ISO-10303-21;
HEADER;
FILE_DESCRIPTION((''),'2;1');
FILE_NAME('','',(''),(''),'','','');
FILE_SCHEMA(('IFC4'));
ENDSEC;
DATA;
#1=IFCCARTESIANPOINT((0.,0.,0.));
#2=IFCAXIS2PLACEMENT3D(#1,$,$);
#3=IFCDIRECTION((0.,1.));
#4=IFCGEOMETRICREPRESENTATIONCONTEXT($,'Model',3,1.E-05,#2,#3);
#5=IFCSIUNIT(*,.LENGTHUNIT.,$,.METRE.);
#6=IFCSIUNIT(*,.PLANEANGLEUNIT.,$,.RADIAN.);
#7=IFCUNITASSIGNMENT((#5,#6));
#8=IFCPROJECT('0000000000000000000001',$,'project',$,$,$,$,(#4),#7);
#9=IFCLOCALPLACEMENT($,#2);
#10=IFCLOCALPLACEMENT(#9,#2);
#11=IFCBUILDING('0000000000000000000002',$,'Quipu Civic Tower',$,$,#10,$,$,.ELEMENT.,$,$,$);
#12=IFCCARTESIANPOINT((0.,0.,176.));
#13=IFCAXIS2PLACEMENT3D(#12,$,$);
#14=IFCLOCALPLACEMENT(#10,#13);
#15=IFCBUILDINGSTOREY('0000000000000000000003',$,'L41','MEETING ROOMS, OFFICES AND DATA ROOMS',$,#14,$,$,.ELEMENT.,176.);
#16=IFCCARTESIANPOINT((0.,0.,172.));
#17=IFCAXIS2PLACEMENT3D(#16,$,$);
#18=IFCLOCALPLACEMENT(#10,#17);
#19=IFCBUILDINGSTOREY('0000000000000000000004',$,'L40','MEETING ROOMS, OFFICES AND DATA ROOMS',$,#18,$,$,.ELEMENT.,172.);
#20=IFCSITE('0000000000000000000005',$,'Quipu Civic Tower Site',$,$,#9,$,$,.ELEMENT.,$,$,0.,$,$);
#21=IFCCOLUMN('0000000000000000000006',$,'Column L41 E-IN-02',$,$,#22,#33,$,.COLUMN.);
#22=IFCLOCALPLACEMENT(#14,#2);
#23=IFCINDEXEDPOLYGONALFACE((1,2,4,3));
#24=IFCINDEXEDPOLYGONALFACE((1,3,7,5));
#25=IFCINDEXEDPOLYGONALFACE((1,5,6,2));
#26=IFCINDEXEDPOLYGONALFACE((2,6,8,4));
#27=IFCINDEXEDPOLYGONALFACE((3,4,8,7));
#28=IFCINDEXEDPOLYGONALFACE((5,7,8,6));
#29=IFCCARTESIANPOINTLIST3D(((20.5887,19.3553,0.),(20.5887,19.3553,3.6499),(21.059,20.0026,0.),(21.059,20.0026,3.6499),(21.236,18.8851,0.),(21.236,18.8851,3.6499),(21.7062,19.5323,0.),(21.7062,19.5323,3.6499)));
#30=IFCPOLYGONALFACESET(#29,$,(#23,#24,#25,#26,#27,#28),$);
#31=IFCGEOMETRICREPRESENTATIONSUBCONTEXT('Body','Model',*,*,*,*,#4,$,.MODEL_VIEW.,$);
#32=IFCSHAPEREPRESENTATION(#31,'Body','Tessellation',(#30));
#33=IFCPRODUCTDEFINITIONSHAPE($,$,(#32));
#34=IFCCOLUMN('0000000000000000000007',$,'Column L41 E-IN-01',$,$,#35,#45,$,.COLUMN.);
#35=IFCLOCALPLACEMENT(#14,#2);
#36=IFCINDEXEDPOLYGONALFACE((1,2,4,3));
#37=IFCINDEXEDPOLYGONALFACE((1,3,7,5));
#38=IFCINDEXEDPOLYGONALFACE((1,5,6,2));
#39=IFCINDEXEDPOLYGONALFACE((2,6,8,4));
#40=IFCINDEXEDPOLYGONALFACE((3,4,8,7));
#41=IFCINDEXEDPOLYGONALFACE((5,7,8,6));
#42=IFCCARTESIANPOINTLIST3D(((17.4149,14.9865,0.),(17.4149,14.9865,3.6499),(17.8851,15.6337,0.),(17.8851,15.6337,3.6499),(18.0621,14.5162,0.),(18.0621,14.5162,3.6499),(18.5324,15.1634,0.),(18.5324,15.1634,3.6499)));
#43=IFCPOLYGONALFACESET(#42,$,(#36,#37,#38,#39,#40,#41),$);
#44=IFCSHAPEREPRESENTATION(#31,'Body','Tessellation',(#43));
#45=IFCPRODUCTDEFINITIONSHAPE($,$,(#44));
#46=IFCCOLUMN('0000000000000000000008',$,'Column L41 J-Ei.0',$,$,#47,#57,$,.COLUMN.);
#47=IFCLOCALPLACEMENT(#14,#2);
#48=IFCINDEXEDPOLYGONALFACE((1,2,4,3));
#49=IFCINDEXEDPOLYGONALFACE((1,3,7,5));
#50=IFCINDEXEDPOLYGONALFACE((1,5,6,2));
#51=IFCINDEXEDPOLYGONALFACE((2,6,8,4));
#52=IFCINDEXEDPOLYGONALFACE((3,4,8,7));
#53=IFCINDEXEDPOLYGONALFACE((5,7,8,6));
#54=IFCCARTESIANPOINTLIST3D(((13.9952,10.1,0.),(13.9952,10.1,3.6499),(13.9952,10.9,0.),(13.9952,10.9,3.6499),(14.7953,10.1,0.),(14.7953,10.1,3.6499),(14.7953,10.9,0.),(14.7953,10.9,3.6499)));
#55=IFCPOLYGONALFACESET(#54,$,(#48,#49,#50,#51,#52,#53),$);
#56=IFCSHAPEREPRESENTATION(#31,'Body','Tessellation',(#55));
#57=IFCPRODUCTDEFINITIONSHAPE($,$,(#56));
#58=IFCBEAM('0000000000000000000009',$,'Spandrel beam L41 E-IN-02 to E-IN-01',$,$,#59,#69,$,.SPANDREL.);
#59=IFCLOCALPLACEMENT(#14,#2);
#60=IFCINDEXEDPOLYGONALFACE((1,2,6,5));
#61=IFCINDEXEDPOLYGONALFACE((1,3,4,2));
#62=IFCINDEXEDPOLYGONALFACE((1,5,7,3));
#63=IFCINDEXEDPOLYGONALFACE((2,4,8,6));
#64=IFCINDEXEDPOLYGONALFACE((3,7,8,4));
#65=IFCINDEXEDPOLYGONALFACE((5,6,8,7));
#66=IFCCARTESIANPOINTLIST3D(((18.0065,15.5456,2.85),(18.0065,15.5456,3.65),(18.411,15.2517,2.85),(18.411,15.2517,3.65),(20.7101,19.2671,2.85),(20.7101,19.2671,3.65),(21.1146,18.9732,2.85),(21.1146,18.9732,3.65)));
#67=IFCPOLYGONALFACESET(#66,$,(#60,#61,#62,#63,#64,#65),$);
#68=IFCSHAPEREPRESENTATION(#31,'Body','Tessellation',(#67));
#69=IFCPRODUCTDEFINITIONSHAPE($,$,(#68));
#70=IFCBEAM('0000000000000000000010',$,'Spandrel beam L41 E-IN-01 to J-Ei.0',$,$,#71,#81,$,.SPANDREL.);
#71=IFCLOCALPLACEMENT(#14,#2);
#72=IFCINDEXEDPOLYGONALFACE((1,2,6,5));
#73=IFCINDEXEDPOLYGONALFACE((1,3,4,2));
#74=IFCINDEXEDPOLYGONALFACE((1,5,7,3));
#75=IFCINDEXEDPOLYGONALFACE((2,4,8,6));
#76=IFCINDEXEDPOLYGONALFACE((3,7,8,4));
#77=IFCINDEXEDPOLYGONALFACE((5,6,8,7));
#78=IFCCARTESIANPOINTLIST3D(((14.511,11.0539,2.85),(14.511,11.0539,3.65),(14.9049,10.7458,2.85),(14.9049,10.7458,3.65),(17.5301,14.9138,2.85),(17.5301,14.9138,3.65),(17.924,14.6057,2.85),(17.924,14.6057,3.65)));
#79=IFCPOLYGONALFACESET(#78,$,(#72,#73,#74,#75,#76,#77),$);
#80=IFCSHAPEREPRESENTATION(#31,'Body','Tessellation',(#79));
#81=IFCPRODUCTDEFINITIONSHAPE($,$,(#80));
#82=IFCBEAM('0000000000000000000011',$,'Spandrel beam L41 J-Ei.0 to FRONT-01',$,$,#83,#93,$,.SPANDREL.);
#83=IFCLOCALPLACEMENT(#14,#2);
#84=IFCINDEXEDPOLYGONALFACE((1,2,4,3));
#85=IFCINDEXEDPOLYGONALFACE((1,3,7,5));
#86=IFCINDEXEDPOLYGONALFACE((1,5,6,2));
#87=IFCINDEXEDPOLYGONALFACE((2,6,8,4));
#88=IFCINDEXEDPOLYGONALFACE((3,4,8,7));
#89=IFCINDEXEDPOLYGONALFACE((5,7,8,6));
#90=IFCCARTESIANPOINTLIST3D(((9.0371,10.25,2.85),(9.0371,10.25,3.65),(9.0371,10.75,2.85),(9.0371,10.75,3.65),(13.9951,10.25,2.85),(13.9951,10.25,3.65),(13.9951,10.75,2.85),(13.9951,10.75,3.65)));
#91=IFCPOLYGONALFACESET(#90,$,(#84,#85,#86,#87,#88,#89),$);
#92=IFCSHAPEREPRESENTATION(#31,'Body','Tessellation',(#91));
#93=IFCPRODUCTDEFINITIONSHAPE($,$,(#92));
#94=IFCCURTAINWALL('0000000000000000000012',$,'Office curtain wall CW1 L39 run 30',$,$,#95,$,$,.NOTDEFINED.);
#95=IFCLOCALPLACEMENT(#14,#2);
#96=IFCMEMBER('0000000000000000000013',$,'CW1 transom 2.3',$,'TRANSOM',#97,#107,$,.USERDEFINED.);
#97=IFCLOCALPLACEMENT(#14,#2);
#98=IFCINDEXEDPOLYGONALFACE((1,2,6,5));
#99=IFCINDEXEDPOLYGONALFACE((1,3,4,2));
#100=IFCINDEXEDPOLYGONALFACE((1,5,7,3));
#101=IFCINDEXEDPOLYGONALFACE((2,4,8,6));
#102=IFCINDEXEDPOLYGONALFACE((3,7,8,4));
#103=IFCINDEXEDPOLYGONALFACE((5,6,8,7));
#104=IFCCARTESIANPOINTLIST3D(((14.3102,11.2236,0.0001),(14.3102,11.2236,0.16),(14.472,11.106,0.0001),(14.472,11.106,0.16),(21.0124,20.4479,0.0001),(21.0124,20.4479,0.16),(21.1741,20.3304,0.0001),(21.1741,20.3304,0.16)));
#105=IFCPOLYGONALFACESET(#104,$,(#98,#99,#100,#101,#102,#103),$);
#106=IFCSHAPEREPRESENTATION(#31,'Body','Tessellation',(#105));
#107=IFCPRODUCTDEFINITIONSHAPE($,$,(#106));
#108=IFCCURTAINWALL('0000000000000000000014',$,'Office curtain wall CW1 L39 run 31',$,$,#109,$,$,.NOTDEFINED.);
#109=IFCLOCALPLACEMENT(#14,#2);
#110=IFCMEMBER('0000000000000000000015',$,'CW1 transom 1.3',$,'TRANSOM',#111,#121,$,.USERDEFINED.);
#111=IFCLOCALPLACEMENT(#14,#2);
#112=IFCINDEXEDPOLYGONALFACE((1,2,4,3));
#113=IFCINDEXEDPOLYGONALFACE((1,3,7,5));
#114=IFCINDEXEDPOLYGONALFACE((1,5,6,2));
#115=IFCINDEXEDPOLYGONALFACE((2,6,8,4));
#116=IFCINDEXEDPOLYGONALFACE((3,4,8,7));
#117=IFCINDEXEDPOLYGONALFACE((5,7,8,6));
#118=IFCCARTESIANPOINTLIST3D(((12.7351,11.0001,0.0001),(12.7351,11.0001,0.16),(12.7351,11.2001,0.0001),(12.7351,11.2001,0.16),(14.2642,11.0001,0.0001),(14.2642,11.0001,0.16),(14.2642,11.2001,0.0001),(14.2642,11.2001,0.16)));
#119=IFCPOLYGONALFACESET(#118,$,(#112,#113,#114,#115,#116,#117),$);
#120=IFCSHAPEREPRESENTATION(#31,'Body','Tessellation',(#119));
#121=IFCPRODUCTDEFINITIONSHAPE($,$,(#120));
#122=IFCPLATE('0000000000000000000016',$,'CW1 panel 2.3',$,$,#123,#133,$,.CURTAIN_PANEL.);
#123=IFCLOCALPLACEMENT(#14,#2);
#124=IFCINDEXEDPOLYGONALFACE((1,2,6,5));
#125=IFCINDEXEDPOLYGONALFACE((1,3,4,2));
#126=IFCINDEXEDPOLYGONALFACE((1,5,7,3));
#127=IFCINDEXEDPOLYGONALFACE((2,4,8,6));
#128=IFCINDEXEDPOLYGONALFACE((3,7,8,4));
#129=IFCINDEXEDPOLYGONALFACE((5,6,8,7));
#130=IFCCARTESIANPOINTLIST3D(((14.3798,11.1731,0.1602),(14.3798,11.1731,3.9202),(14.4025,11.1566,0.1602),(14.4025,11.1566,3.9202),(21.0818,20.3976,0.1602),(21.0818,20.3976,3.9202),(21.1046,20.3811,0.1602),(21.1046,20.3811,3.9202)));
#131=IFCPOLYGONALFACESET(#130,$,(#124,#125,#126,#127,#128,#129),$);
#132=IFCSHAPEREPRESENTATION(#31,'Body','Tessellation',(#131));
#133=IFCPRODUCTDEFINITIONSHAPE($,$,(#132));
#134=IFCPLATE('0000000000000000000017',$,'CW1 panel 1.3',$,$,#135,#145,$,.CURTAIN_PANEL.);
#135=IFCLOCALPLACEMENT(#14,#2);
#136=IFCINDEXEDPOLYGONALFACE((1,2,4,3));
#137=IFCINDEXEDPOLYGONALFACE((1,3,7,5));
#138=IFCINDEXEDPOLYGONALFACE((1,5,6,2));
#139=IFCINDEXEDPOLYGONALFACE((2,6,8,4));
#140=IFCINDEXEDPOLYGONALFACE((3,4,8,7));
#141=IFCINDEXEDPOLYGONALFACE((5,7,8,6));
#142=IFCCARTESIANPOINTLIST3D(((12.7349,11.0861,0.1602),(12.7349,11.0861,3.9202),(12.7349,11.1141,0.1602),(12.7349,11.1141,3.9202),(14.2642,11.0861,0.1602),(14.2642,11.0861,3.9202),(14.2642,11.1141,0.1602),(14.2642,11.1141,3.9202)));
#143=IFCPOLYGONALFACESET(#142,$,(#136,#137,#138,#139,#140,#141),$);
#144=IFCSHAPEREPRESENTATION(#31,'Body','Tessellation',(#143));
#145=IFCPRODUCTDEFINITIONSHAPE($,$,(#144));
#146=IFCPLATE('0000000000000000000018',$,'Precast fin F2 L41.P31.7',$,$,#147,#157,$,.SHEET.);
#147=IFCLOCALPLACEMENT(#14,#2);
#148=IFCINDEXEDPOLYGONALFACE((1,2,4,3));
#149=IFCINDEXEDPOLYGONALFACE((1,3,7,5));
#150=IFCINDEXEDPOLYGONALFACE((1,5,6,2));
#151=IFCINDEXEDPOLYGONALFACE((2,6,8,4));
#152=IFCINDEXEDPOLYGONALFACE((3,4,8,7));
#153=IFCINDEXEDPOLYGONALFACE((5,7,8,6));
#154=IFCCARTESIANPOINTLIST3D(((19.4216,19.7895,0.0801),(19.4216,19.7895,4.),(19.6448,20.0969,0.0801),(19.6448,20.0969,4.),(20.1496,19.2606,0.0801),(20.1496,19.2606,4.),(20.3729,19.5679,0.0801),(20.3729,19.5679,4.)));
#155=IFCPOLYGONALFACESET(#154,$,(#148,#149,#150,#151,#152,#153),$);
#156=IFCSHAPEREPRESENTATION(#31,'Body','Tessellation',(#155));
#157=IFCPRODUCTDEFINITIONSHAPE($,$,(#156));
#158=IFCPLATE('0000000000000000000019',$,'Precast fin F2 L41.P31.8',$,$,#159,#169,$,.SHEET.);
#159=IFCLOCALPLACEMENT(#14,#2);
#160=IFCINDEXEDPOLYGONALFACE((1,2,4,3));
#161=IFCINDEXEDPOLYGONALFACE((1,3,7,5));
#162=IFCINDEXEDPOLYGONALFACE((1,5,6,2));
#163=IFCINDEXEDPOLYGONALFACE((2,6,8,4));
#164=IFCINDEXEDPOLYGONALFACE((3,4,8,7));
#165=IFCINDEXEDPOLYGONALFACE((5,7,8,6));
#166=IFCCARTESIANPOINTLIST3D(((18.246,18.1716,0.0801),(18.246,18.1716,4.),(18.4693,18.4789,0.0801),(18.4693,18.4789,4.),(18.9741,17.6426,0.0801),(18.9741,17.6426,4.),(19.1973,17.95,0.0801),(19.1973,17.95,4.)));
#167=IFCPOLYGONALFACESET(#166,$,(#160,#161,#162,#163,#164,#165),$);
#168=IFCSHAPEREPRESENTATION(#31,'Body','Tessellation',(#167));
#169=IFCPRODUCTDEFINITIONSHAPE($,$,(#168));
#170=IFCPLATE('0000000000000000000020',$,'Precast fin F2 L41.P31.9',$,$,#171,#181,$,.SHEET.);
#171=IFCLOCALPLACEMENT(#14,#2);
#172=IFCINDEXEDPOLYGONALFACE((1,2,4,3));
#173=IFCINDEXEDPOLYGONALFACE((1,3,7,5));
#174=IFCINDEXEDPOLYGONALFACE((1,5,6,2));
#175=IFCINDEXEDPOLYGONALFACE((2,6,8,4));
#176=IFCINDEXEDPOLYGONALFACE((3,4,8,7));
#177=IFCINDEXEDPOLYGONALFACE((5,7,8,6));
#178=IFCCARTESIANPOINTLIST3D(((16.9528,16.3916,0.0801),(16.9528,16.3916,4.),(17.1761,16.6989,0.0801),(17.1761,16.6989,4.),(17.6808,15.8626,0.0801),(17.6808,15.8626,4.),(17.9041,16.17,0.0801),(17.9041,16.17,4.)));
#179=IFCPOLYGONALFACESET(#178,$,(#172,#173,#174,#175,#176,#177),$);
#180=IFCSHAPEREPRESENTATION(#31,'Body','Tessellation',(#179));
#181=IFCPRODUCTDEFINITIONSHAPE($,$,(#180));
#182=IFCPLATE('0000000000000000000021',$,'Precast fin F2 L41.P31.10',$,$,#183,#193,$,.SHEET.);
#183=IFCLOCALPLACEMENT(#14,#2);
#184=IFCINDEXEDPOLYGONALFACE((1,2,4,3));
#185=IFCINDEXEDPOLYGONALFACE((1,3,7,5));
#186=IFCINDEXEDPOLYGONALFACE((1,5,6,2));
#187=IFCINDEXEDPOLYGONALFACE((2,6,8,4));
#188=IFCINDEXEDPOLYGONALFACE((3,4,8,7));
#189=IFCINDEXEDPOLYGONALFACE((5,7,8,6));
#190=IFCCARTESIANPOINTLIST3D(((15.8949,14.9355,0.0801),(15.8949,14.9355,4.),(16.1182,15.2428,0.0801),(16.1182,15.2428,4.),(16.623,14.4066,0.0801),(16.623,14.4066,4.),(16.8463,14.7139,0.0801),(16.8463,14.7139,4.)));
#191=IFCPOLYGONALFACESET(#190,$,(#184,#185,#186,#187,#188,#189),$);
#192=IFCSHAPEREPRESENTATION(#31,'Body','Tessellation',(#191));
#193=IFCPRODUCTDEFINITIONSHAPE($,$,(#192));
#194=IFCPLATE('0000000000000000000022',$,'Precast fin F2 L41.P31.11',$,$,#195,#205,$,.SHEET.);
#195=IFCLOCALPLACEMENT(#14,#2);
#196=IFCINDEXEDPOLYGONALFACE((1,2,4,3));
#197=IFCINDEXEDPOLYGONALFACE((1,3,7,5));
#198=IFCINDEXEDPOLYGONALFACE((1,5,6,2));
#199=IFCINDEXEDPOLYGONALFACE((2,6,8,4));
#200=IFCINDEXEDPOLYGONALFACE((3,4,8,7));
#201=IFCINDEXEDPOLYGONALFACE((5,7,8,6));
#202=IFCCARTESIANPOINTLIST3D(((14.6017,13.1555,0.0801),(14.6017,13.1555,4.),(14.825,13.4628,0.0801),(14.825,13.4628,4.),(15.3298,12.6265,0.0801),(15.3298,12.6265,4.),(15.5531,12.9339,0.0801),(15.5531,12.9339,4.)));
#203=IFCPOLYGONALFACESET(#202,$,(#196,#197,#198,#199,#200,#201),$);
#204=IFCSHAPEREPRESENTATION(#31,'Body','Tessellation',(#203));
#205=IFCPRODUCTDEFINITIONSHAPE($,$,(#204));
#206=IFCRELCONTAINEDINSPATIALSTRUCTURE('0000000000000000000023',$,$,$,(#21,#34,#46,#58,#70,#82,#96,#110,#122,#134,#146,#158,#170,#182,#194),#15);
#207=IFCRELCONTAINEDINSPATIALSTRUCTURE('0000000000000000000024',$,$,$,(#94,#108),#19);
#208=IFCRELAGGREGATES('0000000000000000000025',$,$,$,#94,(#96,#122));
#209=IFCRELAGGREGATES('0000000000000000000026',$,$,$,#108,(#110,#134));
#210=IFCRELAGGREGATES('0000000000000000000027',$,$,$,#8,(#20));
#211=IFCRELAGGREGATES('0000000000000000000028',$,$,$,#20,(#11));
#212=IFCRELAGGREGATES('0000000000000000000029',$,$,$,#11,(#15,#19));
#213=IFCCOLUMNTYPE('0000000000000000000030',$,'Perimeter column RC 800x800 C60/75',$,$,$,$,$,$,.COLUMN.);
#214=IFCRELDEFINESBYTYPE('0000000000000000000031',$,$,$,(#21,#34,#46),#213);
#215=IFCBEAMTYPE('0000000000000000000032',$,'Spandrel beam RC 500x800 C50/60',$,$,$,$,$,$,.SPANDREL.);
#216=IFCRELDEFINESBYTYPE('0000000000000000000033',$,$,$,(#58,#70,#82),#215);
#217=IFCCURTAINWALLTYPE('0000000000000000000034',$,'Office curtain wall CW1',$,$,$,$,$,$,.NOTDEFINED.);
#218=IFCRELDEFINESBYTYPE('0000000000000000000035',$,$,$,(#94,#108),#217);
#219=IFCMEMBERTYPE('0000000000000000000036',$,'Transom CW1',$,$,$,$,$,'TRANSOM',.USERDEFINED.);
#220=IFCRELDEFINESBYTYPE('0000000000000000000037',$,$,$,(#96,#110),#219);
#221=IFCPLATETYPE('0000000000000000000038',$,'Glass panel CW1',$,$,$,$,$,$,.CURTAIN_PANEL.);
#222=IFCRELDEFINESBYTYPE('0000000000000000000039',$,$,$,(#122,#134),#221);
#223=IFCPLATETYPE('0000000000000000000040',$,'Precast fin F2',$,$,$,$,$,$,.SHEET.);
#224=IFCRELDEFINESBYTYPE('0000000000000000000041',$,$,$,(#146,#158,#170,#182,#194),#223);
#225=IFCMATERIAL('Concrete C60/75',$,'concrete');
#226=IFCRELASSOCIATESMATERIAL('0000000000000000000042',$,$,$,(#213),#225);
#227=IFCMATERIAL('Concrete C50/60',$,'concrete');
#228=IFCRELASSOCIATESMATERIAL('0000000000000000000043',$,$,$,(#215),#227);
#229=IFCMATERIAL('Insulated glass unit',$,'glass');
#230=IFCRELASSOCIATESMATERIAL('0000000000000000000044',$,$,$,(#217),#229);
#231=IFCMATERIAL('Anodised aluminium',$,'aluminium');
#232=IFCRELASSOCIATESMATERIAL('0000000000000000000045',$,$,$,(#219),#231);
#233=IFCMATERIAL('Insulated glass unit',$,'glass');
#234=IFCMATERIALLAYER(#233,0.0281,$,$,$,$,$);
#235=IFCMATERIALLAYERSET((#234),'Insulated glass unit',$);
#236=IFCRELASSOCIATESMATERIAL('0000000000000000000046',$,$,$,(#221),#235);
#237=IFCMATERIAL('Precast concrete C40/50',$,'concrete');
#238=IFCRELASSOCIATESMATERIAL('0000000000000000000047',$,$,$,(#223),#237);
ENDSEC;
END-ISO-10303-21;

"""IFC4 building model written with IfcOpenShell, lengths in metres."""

from ifc_helpers import new_model, si_unit, direction, frame, origin, origin_2d, place, context, subcontext, project, spatial, rectangle, extrude, material, layer, layer_set, material_profile, profile_set, type_object, element, aggregate, save


model = new_model("IFC4")

# Units and contexts
model_context = context("Model", 3, precision=1e-05, world=origin(), true_north=direction((0.0, 1.0)))
body_context = subcontext(model_context, "Body", "Model", "MODEL_VIEW")
ifc_project = project(units=[si_unit("LENGTHUNIT", "METRE"), si_unit("PLANEANGLEUNIT", "RADIAN")], contexts=[model_context])

# Site, building, storey
site_placement = place(None, origin())
site = spatial("IfcSite", under=ifc_project, at=site_placement, Name="Quipu Civic Tower Site", CompositionType="ELEMENT", RefElevation=0.0)
building_placement = place(site_placement, origin())
building = spatial("IfcBuilding", under=site, at=building_placement, Name="Quipu Civic Tower", CompositionType="ELEMENT")
storey_1_placement = place(building_placement, frame((0.0, 0.0, 176.0)))
storey_1 = spatial("IfcBuildingStorey", under=building, at=storey_1_placement, Name="L41", Description="MEETING ROOMS, OFFICES AND DATA ROOMS", CompositionType="ELEMENT", Elevation=176.0)

# Columns
ifc_material_1 = material(Name="Concrete C60/75", Category="concrete")
ifc_material_profile_1 = material_profile(ifc_material_1, rectangle(XDim=0.8, YDim=0.8, at=origin_2d()), Name="RC800x800")
ifc_profile_set_1 = profile_set([ifc_material_profile_1], Name="Concrete C60/75")
column_type = type_object("IfcColumnType", Name="Perimeter column RC 800x800 C60/75", PredefinedType="COLUMN", material=ifc_profile_set_1)
for number, where, z_axis, x_axis, name in (
    (1, (21.1475, 19.4438, 0.0), (0.0, 0.0, 1.0), (-0.587785, -0.809017, 0.0), "Column L41 E-IN-02"),
    (2, (17.9736, 15.075, 0.0), (0.0, 0.0, 1.0), (-0.587785, -0.809017, 0.0), "Column L41 E-IN-01"),
    (3, (14.3953, 10.5, 0.0), (0.0, 0.0, 1.0), (-1.0, 0.0, 0.0), "Column L41 J-Ei.0"),
):
    element("IfcColumn", number, at=place(storey_1_placement, frame(where, z_axis=z_axis, x_axis=x_axis)), inside=storey_1, type_object=column_type, Name=name, PredefinedType="COLUMN", context=body_context, shape_type="SweptSolid", body=[
        extrude(rectangle(XDim=0.8, YDim=0.8, at=origin_2d()), origin(), (0.0, 0.0, 1.0), 3.6499),
    ])

# Beams
ifc_material_2 = material(Name="Concrete C50/60", Category="concrete")
ifc_material_profile_2 = material_profile(ifc_material_2, rectangle(XDim=0.5, YDim=0.8, at=origin_2d()), Name="RC500x800")
ifc_profile_set_2 = profile_set([ifc_material_profile_2], Name="Concrete C50/60")
beam_type = type_object("IfcBeamType", Name="Spandrel beam RC 500x800 C50/60", PredefinedType="SPANDREL", material=ifc_profile_set_2)
beam_1_placement = place(storey_1_placement, frame((20.9124, 19.1201, 3.25), z_axis=(-0.587761, -0.809034, 0.0), x_axis=(0.809034, -0.587761, 0.0)))
element("IfcBeam", 4, at=beam_1_placement, inside=storey_1, type_object=beam_type, Name="Spandrel beam L41 E-IN-02 to E-IN-01", PredefinedType="SPANDREL", context=body_context, shape_type="SweptSolid", body=[
    extrude(rectangle(XDim=0.5, YDim=0.8, at=origin_2d()), origin(), (0.0, 0.0, 1.0), 4.5999),
])
beam_2_placement = place(storey_1_placement, frame((17.7271, 14.7598, 3.25), z_axis=(-0.616091, -0.787675, 0.0), x_axis=(0.787675, -0.616091, 0.0)))
element("IfcBeam", 5, at=beam_2_placement, inside=storey_1, type_object=beam_type, Name="Spandrel beam L41 E-IN-01 to J-Ei.0", PredefinedType="SPANDREL", context=body_context, shape_type="SweptSolid", body=[
    extrude(rectangle(XDim=0.5, YDim=0.8, at=origin_2d()), origin(), (0.0, 0.0, 1.0), 4.9004),
])
beam_3_placement = place(storey_1_placement, frame((13.9951, 10.5, 3.25), z_axis=(-1.0, 0.0, 0.0), x_axis=(0.0, -1.0, 0.0)))
element("IfcBeam", 6, at=beam_3_placement, inside=storey_1, type_object=beam_type, Name="Spandrel beam L41 J-Ei.0 to FRONT-01", PredefinedType="SPANDREL", context=body_context, shape_type="SweptSolid", body=[
    extrude(rectangle(XDim=0.5, YDim=0.8, at=origin_2d()), origin(), (0.0, 0.0, 1.0), 4.958),
])

# Shared definitions
storey_2_placement = place(building_placement, frame((0.0, 0.0, 172.0)))
storey_2 = spatial("IfcBuildingStorey", under=building, at=storey_2_placement, Name="L40", Description="MEETING ROOMS, OFFICES AND DATA ROOMS", CompositionType="ELEMENT", Elevation=172.0)

# Curtain walls, members
ifc_material_3 = material(Name="Insulated glass unit", Category="glass")
curtain_wall_type = type_object("IfcCurtainWallType", Name="Office curtain wall CW1", PredefinedType="NOTDEFINED", material=ifc_material_3)
curtain_wall_1_placement = place(storey_2_placement, origin())
curtain_wall_1 = element("IfcCurtainWall", 7, at=curtain_wall_1_placement, inside=storey_2, type_object=curtain_wall_type, Name="Office curtain wall CW1 L39 run 30", PredefinedType="NOTDEFINED")
ifc_material_4 = material(Name="Anodised aluminium", Category="aluminium")
ifc_material_profile_3 = material_profile(ifc_material_4, rectangle(XDim=0.2, YDim=0.1599, at=origin_2d()), Name="RECT 200x160")
ifc_profile_set_3 = profile_set([ifc_material_profile_3], Name="Anodised aluminium")
member_type = type_object("IfcMemberType", Name="Transom CW1", ElementType="TRANSOM", PredefinedType="USERDEFINED", material=ifc_profile_set_3)
member_1_placement = place(storey_1_placement, frame((21.0933, 20.3892, 0.0801), z_axis=(-0.5878, -0.809006, 0.0), x_axis=(0.809006, -0.5878, 0.0)))
member_1 = element("IfcMember", 8, at=member_1_placement, inside=storey_1, type_object=member_type, Name="CW1 transom 2.3", ObjectType="TRANSOM", PredefinedType="USERDEFINED", context=body_context, shape_type="SweptSolid", body=[
    extrude(rectangle(XDim=0.2, YDim=0.1599, at=origin_2d()), origin(), (0.0, 0.0, 1.0), 11.4021),
])
curtain_wall_2_placement = place(storey_2_placement, origin())
curtain_wall_2 = element("IfcCurtainWall", 9, at=curtain_wall_2_placement, inside=storey_2, type_object=curtain_wall_type, Name="Office curtain wall CW1 L39 run 31", PredefinedType="NOTDEFINED")
member_2_placement = place(storey_1_placement, frame((14.2642, 11.1001, 0.0801), z_axis=(-1.0, 0.0, 0.0), x_axis=(0.0, -1.0, 0.0)))
member_2 = element("IfcMember", 10, at=member_2_placement, inside=storey_1, type_object=member_type, Name="CW1 transom 1.3", ObjectType="TRANSOM", PredefinedType="USERDEFINED", context=body_context, shape_type="SweptSolid", body=[
    extrude(rectangle(XDim=0.2, YDim=0.1599, at=origin_2d()), origin(), (0.0, 0.0, 1.0), 1.5291),
])

# Plates
ifc_material_5 = material(Name="Insulated glass unit", Category="glass")
ifc_layer_1 = layer(ifc_material_5, 0.0281)
ifc_layer_set_1 = layer_set([ifc_layer_1], Name="Insulated glass unit")
plate_type_1 = type_object("IfcPlateType", Name="Glass panel CW1", PredefinedType="CURTAIN_PANEL", material=ifc_layer_set_1)
plate_1_placement = place(storey_1_placement, frame((17.7422, 15.7771, 0.1602), z_axis=(0.0, 0.0, 1.0), x_axis=(-0.587789, -0.809014, 0.0)))
plate_1 = element("IfcPlate", 11, at=plate_1_placement, inside=storey_1, type_object=plate_type_1, Name="CW1 panel 2.3", PredefinedType="CURTAIN_PANEL", context=body_context, shape_type="SweptSolid", body=[
    extrude(rectangle(XDim=11.4021, YDim=0.0281, at=origin_2d()), origin(), (0.0, 0.0, 1.0), 3.76),
])
aggregate(curtain_wall_1, [member_1, plate_1])
plate_2_placement = place(storey_1_placement, frame((13.4995, 11.1001, 0.1602), z_axis=(0.0, 0.0, 1.0), x_axis=(-1.0, 0.0, 0.0)))
plate_2 = element("IfcPlate", 12, at=plate_2_placement, inside=storey_1, type_object=plate_type_1, Name="CW1 panel 1.3", PredefinedType="CURTAIN_PANEL", context=body_context, shape_type="SweptSolid", body=[
    extrude(rectangle(XDim=1.5293, YDim=0.0281, at=origin_2d()), origin(), (0.0, 0.0, 1.0), 3.76),
])
aggregate(curtain_wall_2, [member_2, plate_2])

# Plates
ifc_material_6 = material(Name="Precast concrete C40/50", Category="concrete")
plate_type_2 = type_object("IfcPlateType", Name="Precast fin F2", PredefinedType="SHEET", material=ifc_material_6)
for number, where, z_axis, x_axis, name in (
    (13, (19.8972, 19.6787, 0.0801), (0.0, 0.0, 1.0), (-0.587787, -0.809016, 0.0), "Precast fin F2 L41.P31.7"),
    (14, (18.7217, 18.0608, 0.0801), (0.0, 0.0, 1.0), (-0.587787, -0.809016, 0.0), "Precast fin F2 L41.P31.8"),
    (15, (17.4285, 16.2808, 0.0801), (0.0, 0.0, 1.0), (-0.587787, -0.809016, 0.0), "Precast fin F2 L41.P31.9"),
    (16, (16.3706, 14.8247, 0.0801), (0.0, 0.0, 1.0), (-0.587787, -0.809016, 0.0), "Precast fin F2 L41.P31.10"),
    (17, (15.0774, 13.0447, 0.0801), (0.0, 0.0, 1.0), (-0.587787, -0.809016, 0.0), "Precast fin F2 L41.P31.11"),
):
    element("IfcPlate", number, at=place(storey_1_placement, frame(where, z_axis=z_axis, x_axis=x_axis)), inside=storey_1, type_object=plate_type_2, Name=name, PredefinedType="SHEET", context=body_context, shape_type="SweptSolid", body=[
        extrude(rectangle(XDim=0.3799, YDim=0.8999, at=origin_2d()), origin(), (0.0, 0.0, 1.0), 3.9199),
    ])

save(model, "model.ifc")
